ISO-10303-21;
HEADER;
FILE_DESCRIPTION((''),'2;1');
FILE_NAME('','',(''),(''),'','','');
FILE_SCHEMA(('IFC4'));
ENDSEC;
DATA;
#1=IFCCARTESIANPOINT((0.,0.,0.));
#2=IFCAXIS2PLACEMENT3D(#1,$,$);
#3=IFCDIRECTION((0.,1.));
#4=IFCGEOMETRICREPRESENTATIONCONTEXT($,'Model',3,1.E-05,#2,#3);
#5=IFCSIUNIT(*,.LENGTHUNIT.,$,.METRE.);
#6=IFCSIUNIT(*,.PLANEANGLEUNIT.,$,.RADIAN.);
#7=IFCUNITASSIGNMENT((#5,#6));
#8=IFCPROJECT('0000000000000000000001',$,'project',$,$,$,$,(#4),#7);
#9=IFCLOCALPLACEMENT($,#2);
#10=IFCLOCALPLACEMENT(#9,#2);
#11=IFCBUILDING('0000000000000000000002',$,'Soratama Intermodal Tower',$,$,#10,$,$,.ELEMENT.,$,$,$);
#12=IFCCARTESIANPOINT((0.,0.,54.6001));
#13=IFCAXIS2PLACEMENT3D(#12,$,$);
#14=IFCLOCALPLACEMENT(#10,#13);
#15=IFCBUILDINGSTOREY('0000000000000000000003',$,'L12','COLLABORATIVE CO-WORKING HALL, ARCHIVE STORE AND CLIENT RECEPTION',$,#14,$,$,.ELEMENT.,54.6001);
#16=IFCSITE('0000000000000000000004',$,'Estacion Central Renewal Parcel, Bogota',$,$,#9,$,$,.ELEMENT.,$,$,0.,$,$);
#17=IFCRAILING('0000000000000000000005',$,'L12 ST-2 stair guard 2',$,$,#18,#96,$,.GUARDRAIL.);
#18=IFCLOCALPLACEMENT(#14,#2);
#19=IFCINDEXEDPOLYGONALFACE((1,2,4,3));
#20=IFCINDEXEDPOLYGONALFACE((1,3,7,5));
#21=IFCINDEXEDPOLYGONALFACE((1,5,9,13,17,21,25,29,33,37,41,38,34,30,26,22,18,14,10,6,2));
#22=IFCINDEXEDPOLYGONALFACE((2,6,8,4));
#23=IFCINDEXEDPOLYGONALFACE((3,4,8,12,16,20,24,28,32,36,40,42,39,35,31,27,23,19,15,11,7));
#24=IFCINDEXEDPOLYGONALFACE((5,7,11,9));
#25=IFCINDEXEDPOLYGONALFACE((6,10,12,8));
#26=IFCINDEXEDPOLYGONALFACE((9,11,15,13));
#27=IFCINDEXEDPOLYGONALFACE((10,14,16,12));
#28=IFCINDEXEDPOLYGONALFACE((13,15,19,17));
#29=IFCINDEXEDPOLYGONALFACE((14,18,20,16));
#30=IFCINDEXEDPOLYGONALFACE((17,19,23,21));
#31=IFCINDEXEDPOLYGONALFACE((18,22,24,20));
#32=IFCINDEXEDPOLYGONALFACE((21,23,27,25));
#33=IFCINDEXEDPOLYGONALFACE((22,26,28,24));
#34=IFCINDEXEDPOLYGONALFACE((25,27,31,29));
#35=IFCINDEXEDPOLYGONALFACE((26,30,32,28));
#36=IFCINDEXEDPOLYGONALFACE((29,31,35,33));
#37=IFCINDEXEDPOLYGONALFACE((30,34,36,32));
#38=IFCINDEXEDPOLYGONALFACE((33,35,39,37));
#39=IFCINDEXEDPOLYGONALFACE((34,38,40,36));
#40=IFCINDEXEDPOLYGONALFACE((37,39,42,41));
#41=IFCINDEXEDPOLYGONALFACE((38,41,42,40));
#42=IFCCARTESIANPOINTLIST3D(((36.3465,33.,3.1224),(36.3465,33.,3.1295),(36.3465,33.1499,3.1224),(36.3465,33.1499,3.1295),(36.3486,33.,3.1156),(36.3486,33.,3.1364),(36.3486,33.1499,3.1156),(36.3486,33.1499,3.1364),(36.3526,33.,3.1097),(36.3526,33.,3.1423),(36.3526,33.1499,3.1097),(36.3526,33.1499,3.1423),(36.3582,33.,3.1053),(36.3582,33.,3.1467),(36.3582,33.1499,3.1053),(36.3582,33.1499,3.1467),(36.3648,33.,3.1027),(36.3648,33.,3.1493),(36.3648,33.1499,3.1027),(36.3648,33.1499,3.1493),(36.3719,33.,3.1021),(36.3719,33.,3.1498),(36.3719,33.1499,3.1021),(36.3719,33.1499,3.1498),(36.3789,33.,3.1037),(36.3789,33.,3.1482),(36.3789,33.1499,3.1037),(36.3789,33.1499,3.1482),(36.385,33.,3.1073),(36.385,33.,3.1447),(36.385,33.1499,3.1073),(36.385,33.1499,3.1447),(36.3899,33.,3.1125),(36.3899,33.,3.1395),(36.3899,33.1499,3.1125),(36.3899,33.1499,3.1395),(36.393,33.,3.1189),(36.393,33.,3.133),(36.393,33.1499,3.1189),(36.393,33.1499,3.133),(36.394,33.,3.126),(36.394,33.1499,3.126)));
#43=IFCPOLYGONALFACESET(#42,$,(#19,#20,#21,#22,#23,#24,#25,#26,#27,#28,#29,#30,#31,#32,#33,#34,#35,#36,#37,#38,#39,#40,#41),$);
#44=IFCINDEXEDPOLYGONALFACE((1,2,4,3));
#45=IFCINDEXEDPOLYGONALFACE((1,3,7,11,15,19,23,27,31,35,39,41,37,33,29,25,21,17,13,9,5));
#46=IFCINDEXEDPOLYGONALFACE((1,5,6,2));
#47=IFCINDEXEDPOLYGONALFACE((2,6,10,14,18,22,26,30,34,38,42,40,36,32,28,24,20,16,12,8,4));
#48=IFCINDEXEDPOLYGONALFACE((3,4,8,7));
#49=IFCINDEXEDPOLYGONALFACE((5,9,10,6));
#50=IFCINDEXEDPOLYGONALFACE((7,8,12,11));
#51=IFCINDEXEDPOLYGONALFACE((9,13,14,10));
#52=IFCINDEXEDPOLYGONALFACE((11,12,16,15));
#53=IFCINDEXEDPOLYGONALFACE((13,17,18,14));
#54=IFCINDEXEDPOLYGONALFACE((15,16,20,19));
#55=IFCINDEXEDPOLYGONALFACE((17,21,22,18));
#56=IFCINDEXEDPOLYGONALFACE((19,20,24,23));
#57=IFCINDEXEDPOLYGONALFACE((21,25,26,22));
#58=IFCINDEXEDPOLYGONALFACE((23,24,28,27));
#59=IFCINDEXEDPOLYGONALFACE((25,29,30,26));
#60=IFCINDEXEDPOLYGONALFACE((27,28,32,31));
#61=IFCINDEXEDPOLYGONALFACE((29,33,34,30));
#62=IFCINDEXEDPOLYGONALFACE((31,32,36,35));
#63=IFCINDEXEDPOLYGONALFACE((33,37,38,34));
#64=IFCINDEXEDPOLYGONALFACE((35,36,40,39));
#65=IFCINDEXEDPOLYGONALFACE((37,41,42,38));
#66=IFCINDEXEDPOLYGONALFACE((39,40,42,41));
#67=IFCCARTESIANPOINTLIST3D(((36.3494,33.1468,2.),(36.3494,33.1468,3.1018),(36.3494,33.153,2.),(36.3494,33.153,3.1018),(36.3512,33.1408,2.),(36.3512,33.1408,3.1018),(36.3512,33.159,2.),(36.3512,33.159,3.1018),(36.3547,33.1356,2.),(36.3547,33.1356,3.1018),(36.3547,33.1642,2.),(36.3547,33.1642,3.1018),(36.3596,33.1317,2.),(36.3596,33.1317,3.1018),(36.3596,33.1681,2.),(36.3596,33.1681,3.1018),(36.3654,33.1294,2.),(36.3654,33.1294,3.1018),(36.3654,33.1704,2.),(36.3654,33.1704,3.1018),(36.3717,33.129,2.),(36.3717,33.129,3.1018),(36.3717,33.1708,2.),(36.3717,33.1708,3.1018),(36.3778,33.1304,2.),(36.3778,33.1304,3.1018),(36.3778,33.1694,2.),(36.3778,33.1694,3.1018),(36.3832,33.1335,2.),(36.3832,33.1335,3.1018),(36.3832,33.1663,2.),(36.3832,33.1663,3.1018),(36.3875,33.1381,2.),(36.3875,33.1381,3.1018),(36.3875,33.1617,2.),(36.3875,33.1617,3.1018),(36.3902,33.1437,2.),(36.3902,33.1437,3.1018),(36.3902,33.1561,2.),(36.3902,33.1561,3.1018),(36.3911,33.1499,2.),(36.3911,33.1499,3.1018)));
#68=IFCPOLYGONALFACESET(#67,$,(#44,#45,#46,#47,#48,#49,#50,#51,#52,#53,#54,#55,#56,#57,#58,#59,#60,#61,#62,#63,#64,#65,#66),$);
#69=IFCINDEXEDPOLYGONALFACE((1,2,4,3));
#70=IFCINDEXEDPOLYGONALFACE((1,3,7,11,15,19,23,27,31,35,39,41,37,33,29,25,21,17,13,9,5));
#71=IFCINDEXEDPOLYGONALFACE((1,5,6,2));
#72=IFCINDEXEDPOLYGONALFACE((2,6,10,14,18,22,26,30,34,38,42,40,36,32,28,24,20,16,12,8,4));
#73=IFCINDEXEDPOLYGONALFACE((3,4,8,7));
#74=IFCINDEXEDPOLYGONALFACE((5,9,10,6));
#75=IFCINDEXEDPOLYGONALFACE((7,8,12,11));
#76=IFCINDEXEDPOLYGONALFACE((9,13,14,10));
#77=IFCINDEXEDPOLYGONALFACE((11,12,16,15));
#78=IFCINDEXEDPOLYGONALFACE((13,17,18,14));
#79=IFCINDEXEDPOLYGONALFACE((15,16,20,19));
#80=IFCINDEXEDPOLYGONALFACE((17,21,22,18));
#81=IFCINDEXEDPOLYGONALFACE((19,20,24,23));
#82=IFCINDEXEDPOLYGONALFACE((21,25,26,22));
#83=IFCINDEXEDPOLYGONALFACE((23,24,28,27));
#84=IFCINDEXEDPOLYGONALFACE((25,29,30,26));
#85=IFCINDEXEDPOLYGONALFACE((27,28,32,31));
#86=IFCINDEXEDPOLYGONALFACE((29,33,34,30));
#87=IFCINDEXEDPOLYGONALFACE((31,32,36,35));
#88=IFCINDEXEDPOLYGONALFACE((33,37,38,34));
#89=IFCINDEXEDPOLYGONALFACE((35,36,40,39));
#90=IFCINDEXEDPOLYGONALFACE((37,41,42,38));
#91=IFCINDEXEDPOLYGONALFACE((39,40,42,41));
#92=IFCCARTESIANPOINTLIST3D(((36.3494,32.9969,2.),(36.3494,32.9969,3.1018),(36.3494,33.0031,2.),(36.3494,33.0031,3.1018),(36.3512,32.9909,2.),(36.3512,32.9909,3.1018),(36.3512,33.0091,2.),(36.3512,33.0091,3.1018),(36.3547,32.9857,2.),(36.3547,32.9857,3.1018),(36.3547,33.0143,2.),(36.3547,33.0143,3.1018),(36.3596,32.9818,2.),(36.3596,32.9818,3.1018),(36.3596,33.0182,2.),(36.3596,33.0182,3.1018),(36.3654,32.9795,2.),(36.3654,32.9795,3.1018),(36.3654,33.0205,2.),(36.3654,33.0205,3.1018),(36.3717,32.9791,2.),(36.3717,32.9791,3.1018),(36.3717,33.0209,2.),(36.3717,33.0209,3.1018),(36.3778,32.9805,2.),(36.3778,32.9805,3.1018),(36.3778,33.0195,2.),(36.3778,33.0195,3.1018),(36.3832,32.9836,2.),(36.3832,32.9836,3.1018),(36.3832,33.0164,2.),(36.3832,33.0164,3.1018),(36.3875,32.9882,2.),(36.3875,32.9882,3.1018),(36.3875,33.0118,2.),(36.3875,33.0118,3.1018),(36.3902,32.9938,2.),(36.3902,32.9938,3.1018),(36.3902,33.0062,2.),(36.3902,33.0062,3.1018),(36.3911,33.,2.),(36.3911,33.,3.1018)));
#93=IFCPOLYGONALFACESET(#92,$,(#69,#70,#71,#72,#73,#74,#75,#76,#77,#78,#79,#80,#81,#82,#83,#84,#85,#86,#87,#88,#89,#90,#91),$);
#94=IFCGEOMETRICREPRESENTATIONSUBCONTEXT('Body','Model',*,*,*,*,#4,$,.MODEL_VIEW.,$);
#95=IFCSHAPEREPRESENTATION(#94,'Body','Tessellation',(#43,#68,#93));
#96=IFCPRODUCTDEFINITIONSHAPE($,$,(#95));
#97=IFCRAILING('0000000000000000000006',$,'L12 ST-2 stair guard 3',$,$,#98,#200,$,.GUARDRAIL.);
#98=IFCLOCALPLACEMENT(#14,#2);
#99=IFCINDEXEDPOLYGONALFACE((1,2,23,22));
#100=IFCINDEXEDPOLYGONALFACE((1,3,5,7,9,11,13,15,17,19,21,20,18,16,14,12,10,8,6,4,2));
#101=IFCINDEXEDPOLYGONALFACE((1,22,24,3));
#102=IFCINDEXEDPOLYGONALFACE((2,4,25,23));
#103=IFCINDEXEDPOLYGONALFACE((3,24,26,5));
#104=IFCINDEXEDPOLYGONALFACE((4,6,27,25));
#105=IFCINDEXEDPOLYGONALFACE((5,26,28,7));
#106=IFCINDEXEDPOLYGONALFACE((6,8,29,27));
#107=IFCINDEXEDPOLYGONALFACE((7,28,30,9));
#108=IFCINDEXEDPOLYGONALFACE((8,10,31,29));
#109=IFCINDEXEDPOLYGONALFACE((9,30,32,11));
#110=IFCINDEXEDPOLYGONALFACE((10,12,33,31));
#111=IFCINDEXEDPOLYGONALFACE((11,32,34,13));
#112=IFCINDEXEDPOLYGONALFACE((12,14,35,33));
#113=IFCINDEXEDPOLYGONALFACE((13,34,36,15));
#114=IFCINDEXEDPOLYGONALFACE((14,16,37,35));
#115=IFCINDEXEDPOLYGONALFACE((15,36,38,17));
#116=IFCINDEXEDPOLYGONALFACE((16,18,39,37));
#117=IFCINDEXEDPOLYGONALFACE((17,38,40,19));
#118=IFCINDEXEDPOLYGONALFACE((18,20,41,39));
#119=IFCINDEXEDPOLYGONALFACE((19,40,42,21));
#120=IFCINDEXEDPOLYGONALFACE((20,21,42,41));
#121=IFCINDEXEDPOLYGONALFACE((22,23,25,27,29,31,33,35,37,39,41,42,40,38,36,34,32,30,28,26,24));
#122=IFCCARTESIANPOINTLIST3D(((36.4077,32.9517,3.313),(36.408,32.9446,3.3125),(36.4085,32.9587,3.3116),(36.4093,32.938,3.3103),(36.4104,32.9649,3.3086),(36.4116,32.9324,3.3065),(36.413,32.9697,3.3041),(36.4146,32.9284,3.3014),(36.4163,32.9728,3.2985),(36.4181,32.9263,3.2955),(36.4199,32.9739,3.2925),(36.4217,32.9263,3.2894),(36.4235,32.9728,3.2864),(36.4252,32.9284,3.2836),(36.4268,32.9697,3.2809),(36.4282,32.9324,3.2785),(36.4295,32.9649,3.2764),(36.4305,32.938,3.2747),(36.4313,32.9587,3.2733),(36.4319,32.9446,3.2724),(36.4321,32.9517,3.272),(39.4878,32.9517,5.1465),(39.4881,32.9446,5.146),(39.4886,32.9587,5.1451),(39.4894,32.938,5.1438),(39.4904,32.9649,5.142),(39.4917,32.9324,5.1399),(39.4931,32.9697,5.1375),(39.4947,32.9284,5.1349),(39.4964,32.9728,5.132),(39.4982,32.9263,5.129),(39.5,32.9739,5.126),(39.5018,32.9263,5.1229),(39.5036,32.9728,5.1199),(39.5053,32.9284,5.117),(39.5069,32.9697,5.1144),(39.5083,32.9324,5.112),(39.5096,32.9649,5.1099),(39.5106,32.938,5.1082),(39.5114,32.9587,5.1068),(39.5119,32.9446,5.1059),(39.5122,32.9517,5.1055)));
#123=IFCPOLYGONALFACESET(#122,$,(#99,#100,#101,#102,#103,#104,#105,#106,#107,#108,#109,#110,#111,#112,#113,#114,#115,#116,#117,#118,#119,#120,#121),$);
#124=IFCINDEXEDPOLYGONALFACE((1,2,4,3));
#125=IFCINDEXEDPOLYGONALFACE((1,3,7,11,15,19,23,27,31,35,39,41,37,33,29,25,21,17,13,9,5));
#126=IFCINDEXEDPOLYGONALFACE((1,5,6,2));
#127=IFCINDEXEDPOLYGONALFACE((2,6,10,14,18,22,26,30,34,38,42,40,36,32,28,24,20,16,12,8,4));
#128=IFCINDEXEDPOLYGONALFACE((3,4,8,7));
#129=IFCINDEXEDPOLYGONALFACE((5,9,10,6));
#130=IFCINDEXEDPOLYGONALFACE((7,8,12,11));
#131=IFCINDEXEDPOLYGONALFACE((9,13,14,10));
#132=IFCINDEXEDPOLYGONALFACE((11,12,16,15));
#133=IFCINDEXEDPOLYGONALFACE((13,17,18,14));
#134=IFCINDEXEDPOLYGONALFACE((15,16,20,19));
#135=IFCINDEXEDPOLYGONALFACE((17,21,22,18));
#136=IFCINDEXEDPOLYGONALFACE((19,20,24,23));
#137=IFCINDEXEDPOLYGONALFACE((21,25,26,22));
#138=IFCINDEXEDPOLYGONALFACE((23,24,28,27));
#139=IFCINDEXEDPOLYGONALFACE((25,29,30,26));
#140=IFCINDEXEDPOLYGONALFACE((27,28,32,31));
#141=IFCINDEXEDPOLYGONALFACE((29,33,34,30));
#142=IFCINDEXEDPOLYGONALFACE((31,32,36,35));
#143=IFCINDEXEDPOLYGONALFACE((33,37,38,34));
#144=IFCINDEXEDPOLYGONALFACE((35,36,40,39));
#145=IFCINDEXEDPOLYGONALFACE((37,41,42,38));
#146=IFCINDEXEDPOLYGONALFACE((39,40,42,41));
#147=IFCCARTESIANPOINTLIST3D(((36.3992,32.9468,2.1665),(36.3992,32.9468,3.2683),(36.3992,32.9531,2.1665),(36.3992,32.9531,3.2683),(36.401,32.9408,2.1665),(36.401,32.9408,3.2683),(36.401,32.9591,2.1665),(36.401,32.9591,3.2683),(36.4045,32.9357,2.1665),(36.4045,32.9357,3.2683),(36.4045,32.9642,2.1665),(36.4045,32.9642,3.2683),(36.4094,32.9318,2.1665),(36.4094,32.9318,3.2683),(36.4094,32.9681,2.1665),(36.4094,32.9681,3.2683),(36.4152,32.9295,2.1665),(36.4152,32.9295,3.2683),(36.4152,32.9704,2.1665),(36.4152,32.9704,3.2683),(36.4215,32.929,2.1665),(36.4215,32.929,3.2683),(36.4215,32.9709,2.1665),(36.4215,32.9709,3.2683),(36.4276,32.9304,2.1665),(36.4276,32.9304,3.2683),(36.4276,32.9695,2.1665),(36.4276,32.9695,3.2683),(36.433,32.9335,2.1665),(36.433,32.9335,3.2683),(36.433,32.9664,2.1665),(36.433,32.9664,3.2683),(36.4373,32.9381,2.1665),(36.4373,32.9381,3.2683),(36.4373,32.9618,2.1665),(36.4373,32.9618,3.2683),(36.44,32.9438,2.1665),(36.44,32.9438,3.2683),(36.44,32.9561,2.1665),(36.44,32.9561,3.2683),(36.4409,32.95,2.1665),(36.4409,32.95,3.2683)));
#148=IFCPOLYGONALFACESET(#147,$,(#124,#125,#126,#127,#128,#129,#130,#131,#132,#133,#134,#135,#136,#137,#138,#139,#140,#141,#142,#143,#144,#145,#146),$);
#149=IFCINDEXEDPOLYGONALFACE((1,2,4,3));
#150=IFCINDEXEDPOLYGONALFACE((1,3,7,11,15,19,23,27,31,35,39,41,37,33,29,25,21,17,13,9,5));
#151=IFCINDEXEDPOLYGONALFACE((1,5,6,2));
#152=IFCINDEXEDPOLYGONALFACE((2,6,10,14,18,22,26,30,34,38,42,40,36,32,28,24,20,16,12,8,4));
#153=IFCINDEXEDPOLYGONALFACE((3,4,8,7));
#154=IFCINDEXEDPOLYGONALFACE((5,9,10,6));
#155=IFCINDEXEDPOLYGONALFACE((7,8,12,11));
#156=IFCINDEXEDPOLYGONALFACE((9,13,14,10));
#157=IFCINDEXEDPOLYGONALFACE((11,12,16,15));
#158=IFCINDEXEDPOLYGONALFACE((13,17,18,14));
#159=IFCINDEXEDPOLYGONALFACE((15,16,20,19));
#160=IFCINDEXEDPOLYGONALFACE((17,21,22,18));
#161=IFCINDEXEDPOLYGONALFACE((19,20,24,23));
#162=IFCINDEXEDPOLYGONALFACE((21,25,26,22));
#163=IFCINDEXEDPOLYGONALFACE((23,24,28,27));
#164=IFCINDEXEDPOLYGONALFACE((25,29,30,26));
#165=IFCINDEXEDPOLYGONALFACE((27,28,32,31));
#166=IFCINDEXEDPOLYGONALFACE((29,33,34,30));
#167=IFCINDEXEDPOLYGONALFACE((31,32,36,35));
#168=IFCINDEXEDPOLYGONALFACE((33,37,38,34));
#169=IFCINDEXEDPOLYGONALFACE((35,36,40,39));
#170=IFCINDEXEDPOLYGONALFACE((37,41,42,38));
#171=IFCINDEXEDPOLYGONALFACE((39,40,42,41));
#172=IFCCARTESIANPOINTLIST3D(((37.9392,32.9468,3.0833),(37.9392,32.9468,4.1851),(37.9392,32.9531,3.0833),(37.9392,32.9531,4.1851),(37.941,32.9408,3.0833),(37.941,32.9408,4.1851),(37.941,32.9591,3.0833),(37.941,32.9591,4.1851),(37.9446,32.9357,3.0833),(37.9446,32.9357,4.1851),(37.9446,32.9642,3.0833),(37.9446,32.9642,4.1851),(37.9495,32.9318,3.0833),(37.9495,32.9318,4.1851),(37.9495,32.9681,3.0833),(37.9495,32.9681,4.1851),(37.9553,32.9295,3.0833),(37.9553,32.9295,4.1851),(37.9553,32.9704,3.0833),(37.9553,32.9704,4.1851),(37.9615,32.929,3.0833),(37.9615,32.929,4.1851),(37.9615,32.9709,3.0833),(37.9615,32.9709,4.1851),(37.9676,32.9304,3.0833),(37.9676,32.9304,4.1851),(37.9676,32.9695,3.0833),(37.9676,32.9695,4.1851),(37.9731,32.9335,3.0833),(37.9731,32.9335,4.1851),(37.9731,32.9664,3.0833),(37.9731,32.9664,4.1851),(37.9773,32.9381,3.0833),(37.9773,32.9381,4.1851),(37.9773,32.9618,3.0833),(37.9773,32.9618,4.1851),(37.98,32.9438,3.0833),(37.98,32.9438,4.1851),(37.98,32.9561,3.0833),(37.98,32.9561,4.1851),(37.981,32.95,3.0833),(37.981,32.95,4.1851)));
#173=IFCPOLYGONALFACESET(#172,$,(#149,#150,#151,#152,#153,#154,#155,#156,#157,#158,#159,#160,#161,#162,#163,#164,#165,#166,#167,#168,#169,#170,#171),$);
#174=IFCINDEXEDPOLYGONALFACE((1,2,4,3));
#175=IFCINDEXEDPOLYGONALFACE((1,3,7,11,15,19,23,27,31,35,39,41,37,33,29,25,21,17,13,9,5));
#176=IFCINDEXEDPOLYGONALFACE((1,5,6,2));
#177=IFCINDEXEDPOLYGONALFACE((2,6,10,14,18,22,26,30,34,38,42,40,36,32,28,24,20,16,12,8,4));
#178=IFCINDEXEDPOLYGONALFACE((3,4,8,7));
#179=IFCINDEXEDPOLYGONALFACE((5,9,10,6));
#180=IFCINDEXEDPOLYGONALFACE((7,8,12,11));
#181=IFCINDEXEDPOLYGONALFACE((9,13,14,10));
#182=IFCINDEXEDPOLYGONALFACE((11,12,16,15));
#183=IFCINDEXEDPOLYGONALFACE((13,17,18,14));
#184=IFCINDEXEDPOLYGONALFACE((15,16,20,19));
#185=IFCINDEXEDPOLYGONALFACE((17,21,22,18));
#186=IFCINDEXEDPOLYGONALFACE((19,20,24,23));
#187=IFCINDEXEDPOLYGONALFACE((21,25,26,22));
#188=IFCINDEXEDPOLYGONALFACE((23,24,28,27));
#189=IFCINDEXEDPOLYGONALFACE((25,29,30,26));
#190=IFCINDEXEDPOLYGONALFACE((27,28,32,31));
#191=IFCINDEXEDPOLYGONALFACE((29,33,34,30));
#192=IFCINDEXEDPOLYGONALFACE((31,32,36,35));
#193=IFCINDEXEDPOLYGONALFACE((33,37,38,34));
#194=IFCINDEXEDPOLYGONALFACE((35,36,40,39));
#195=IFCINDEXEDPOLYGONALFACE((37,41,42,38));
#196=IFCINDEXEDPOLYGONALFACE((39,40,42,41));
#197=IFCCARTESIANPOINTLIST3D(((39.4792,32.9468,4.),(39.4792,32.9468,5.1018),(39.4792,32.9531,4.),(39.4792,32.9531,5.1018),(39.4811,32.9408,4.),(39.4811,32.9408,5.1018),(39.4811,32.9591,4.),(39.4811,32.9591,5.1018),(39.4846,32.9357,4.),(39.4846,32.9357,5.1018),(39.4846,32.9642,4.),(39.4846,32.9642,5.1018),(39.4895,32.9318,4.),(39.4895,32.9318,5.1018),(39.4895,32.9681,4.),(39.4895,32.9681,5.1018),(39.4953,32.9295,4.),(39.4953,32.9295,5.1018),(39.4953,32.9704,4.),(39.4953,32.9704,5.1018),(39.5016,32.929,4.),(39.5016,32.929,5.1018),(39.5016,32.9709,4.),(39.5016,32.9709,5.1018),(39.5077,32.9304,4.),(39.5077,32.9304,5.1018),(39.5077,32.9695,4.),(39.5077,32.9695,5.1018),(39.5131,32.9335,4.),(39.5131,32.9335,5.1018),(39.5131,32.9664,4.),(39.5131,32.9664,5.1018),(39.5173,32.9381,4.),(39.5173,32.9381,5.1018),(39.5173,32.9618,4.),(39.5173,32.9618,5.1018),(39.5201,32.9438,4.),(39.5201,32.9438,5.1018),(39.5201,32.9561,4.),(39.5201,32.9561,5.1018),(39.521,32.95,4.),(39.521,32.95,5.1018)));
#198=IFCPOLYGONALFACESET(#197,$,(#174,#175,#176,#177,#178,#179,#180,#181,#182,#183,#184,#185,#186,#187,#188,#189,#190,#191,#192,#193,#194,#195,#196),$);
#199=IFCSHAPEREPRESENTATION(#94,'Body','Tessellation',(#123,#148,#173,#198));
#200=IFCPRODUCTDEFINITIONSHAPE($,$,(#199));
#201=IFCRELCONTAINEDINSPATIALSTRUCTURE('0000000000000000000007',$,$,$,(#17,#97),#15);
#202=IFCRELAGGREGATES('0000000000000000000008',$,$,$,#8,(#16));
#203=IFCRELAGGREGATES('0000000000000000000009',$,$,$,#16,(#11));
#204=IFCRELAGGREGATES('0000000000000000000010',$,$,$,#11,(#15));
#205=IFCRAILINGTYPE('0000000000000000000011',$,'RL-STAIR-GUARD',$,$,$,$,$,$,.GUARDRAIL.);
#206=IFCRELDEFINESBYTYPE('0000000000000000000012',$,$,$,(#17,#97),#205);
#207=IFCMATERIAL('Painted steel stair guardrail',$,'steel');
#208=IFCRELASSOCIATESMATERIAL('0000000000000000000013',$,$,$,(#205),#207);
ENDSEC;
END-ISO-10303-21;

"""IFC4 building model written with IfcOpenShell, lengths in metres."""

from ifc_helpers import new_model, si_unit, direction, frame, origin, origin_2d, place, context, subcontext, project, spatial, circle, extrude, material, type_object, element, save


model = new_model("IFC4")

# Units and contexts
model_context = context("Model", 3, precision=1e-05, world=origin(), true_north=direction((0.0, 1.0)))
body_context = subcontext(model_context, "Body", "Model", "MODEL_VIEW")
ifc_project = project(units=[si_unit("LENGTHUNIT", "METRE"), si_unit("PLANEANGLEUNIT", "RADIAN")], contexts=[model_context])

# Site, building, storey
site_placement = place(None, origin())
site = spatial("IfcSite", under=ifc_project, at=site_placement, Name="Estacion Central Renewal Parcel, Bogota", CompositionType="ELEMENT", RefElevation=0.0)
building_placement = place(site_placement, origin())
building = spatial("IfcBuilding", under=site, at=building_placement, Name="Soratama Intermodal Tower", CompositionType="ELEMENT")
storey_placement = place(building_placement, frame((0.0, 0.0, 54.6001)))
storey = spatial("IfcBuildingStorey", under=building, at=storey_placement, Name="L12", Description="COLLABORATIVE CO-WORKING HALL, ARCHIVE STORE AND CLIENT RECEPTION", CompositionType="ELEMENT", Elevation=54.6001)

# Railings
ifc_material_1 = material(Name="Painted steel stair guardrail", Category="steel")
railing_type_1 = type_object("IfcRailingType", Name="RL-STAIR-GUARD", PredefinedType="GUARDRAIL", material=ifc_material_1)
railing_1_placement = place(storey_placement, frame((36.3701, 33.1499, 2.0)))
element("IfcRailing", 1, at=railing_1_placement, inside=storey, type_object=railing_type_1, Name="L12 ST-2 stair guard 2", PredefinedType="GUARDRAIL", context=body_context, shape_type="SweptSolid", body=[
    extrude(circle(Radius=0.0239, at=origin_2d()), frame((0.0, 0.0, 1.126), z_axis=(0.0, -1.0, 0.0), x_axis=(1.0, 0.0, 0.0)), (0.0, 0.0, 1.0), 0.1499),
    extrude(circle(Radius=0.021, at=origin_2d()), origin(), (0.0, 0.0, 1.0), 1.1018),
    extrude(circle(Radius=0.021, at=origin_2d()), frame((0.0, -0.1499, 0.0)), (0.0, 0.0, 1.0), 1.1018),
])
railing_2_placement = place(storey_placement, frame((36.4199, 32.95, 2.1665)))
element("IfcRailing", 2, at=railing_2_placement, inside=storey, type_object=railing_type_1, Name="L12 ST-2 stair guard 3", PredefinedType="GUARDRAIL", context=body_context, shape_type="SweptSolid", body=[
    extrude(circle(Radius=0.0239, at=origin_2d()), frame((0.0, 0.0, 1.126), z_axis=(0.859279, 0.0, 0.511508), x_axis=(0.0, 1.0, 0.0)), (0.0, 0.0, 1.0), 3.5845),
    extrude(circle(Radius=0.021, at=origin_2d()), origin(), (0.0, 0.0, 1.0), 1.1018),
    extrude(circle(Radius=0.021, at=origin_2d()), frame((1.54, 0.0, 0.9167)), (0.0, 0.0, 1.0), 1.1018),
    extrude(circle(Radius=0.021, at=origin_2d()), frame((3.0801, 0.0, 1.8335)), (0.0, 0.0, 1.0), 1.1018),
])

save(model, "model.ifc")
